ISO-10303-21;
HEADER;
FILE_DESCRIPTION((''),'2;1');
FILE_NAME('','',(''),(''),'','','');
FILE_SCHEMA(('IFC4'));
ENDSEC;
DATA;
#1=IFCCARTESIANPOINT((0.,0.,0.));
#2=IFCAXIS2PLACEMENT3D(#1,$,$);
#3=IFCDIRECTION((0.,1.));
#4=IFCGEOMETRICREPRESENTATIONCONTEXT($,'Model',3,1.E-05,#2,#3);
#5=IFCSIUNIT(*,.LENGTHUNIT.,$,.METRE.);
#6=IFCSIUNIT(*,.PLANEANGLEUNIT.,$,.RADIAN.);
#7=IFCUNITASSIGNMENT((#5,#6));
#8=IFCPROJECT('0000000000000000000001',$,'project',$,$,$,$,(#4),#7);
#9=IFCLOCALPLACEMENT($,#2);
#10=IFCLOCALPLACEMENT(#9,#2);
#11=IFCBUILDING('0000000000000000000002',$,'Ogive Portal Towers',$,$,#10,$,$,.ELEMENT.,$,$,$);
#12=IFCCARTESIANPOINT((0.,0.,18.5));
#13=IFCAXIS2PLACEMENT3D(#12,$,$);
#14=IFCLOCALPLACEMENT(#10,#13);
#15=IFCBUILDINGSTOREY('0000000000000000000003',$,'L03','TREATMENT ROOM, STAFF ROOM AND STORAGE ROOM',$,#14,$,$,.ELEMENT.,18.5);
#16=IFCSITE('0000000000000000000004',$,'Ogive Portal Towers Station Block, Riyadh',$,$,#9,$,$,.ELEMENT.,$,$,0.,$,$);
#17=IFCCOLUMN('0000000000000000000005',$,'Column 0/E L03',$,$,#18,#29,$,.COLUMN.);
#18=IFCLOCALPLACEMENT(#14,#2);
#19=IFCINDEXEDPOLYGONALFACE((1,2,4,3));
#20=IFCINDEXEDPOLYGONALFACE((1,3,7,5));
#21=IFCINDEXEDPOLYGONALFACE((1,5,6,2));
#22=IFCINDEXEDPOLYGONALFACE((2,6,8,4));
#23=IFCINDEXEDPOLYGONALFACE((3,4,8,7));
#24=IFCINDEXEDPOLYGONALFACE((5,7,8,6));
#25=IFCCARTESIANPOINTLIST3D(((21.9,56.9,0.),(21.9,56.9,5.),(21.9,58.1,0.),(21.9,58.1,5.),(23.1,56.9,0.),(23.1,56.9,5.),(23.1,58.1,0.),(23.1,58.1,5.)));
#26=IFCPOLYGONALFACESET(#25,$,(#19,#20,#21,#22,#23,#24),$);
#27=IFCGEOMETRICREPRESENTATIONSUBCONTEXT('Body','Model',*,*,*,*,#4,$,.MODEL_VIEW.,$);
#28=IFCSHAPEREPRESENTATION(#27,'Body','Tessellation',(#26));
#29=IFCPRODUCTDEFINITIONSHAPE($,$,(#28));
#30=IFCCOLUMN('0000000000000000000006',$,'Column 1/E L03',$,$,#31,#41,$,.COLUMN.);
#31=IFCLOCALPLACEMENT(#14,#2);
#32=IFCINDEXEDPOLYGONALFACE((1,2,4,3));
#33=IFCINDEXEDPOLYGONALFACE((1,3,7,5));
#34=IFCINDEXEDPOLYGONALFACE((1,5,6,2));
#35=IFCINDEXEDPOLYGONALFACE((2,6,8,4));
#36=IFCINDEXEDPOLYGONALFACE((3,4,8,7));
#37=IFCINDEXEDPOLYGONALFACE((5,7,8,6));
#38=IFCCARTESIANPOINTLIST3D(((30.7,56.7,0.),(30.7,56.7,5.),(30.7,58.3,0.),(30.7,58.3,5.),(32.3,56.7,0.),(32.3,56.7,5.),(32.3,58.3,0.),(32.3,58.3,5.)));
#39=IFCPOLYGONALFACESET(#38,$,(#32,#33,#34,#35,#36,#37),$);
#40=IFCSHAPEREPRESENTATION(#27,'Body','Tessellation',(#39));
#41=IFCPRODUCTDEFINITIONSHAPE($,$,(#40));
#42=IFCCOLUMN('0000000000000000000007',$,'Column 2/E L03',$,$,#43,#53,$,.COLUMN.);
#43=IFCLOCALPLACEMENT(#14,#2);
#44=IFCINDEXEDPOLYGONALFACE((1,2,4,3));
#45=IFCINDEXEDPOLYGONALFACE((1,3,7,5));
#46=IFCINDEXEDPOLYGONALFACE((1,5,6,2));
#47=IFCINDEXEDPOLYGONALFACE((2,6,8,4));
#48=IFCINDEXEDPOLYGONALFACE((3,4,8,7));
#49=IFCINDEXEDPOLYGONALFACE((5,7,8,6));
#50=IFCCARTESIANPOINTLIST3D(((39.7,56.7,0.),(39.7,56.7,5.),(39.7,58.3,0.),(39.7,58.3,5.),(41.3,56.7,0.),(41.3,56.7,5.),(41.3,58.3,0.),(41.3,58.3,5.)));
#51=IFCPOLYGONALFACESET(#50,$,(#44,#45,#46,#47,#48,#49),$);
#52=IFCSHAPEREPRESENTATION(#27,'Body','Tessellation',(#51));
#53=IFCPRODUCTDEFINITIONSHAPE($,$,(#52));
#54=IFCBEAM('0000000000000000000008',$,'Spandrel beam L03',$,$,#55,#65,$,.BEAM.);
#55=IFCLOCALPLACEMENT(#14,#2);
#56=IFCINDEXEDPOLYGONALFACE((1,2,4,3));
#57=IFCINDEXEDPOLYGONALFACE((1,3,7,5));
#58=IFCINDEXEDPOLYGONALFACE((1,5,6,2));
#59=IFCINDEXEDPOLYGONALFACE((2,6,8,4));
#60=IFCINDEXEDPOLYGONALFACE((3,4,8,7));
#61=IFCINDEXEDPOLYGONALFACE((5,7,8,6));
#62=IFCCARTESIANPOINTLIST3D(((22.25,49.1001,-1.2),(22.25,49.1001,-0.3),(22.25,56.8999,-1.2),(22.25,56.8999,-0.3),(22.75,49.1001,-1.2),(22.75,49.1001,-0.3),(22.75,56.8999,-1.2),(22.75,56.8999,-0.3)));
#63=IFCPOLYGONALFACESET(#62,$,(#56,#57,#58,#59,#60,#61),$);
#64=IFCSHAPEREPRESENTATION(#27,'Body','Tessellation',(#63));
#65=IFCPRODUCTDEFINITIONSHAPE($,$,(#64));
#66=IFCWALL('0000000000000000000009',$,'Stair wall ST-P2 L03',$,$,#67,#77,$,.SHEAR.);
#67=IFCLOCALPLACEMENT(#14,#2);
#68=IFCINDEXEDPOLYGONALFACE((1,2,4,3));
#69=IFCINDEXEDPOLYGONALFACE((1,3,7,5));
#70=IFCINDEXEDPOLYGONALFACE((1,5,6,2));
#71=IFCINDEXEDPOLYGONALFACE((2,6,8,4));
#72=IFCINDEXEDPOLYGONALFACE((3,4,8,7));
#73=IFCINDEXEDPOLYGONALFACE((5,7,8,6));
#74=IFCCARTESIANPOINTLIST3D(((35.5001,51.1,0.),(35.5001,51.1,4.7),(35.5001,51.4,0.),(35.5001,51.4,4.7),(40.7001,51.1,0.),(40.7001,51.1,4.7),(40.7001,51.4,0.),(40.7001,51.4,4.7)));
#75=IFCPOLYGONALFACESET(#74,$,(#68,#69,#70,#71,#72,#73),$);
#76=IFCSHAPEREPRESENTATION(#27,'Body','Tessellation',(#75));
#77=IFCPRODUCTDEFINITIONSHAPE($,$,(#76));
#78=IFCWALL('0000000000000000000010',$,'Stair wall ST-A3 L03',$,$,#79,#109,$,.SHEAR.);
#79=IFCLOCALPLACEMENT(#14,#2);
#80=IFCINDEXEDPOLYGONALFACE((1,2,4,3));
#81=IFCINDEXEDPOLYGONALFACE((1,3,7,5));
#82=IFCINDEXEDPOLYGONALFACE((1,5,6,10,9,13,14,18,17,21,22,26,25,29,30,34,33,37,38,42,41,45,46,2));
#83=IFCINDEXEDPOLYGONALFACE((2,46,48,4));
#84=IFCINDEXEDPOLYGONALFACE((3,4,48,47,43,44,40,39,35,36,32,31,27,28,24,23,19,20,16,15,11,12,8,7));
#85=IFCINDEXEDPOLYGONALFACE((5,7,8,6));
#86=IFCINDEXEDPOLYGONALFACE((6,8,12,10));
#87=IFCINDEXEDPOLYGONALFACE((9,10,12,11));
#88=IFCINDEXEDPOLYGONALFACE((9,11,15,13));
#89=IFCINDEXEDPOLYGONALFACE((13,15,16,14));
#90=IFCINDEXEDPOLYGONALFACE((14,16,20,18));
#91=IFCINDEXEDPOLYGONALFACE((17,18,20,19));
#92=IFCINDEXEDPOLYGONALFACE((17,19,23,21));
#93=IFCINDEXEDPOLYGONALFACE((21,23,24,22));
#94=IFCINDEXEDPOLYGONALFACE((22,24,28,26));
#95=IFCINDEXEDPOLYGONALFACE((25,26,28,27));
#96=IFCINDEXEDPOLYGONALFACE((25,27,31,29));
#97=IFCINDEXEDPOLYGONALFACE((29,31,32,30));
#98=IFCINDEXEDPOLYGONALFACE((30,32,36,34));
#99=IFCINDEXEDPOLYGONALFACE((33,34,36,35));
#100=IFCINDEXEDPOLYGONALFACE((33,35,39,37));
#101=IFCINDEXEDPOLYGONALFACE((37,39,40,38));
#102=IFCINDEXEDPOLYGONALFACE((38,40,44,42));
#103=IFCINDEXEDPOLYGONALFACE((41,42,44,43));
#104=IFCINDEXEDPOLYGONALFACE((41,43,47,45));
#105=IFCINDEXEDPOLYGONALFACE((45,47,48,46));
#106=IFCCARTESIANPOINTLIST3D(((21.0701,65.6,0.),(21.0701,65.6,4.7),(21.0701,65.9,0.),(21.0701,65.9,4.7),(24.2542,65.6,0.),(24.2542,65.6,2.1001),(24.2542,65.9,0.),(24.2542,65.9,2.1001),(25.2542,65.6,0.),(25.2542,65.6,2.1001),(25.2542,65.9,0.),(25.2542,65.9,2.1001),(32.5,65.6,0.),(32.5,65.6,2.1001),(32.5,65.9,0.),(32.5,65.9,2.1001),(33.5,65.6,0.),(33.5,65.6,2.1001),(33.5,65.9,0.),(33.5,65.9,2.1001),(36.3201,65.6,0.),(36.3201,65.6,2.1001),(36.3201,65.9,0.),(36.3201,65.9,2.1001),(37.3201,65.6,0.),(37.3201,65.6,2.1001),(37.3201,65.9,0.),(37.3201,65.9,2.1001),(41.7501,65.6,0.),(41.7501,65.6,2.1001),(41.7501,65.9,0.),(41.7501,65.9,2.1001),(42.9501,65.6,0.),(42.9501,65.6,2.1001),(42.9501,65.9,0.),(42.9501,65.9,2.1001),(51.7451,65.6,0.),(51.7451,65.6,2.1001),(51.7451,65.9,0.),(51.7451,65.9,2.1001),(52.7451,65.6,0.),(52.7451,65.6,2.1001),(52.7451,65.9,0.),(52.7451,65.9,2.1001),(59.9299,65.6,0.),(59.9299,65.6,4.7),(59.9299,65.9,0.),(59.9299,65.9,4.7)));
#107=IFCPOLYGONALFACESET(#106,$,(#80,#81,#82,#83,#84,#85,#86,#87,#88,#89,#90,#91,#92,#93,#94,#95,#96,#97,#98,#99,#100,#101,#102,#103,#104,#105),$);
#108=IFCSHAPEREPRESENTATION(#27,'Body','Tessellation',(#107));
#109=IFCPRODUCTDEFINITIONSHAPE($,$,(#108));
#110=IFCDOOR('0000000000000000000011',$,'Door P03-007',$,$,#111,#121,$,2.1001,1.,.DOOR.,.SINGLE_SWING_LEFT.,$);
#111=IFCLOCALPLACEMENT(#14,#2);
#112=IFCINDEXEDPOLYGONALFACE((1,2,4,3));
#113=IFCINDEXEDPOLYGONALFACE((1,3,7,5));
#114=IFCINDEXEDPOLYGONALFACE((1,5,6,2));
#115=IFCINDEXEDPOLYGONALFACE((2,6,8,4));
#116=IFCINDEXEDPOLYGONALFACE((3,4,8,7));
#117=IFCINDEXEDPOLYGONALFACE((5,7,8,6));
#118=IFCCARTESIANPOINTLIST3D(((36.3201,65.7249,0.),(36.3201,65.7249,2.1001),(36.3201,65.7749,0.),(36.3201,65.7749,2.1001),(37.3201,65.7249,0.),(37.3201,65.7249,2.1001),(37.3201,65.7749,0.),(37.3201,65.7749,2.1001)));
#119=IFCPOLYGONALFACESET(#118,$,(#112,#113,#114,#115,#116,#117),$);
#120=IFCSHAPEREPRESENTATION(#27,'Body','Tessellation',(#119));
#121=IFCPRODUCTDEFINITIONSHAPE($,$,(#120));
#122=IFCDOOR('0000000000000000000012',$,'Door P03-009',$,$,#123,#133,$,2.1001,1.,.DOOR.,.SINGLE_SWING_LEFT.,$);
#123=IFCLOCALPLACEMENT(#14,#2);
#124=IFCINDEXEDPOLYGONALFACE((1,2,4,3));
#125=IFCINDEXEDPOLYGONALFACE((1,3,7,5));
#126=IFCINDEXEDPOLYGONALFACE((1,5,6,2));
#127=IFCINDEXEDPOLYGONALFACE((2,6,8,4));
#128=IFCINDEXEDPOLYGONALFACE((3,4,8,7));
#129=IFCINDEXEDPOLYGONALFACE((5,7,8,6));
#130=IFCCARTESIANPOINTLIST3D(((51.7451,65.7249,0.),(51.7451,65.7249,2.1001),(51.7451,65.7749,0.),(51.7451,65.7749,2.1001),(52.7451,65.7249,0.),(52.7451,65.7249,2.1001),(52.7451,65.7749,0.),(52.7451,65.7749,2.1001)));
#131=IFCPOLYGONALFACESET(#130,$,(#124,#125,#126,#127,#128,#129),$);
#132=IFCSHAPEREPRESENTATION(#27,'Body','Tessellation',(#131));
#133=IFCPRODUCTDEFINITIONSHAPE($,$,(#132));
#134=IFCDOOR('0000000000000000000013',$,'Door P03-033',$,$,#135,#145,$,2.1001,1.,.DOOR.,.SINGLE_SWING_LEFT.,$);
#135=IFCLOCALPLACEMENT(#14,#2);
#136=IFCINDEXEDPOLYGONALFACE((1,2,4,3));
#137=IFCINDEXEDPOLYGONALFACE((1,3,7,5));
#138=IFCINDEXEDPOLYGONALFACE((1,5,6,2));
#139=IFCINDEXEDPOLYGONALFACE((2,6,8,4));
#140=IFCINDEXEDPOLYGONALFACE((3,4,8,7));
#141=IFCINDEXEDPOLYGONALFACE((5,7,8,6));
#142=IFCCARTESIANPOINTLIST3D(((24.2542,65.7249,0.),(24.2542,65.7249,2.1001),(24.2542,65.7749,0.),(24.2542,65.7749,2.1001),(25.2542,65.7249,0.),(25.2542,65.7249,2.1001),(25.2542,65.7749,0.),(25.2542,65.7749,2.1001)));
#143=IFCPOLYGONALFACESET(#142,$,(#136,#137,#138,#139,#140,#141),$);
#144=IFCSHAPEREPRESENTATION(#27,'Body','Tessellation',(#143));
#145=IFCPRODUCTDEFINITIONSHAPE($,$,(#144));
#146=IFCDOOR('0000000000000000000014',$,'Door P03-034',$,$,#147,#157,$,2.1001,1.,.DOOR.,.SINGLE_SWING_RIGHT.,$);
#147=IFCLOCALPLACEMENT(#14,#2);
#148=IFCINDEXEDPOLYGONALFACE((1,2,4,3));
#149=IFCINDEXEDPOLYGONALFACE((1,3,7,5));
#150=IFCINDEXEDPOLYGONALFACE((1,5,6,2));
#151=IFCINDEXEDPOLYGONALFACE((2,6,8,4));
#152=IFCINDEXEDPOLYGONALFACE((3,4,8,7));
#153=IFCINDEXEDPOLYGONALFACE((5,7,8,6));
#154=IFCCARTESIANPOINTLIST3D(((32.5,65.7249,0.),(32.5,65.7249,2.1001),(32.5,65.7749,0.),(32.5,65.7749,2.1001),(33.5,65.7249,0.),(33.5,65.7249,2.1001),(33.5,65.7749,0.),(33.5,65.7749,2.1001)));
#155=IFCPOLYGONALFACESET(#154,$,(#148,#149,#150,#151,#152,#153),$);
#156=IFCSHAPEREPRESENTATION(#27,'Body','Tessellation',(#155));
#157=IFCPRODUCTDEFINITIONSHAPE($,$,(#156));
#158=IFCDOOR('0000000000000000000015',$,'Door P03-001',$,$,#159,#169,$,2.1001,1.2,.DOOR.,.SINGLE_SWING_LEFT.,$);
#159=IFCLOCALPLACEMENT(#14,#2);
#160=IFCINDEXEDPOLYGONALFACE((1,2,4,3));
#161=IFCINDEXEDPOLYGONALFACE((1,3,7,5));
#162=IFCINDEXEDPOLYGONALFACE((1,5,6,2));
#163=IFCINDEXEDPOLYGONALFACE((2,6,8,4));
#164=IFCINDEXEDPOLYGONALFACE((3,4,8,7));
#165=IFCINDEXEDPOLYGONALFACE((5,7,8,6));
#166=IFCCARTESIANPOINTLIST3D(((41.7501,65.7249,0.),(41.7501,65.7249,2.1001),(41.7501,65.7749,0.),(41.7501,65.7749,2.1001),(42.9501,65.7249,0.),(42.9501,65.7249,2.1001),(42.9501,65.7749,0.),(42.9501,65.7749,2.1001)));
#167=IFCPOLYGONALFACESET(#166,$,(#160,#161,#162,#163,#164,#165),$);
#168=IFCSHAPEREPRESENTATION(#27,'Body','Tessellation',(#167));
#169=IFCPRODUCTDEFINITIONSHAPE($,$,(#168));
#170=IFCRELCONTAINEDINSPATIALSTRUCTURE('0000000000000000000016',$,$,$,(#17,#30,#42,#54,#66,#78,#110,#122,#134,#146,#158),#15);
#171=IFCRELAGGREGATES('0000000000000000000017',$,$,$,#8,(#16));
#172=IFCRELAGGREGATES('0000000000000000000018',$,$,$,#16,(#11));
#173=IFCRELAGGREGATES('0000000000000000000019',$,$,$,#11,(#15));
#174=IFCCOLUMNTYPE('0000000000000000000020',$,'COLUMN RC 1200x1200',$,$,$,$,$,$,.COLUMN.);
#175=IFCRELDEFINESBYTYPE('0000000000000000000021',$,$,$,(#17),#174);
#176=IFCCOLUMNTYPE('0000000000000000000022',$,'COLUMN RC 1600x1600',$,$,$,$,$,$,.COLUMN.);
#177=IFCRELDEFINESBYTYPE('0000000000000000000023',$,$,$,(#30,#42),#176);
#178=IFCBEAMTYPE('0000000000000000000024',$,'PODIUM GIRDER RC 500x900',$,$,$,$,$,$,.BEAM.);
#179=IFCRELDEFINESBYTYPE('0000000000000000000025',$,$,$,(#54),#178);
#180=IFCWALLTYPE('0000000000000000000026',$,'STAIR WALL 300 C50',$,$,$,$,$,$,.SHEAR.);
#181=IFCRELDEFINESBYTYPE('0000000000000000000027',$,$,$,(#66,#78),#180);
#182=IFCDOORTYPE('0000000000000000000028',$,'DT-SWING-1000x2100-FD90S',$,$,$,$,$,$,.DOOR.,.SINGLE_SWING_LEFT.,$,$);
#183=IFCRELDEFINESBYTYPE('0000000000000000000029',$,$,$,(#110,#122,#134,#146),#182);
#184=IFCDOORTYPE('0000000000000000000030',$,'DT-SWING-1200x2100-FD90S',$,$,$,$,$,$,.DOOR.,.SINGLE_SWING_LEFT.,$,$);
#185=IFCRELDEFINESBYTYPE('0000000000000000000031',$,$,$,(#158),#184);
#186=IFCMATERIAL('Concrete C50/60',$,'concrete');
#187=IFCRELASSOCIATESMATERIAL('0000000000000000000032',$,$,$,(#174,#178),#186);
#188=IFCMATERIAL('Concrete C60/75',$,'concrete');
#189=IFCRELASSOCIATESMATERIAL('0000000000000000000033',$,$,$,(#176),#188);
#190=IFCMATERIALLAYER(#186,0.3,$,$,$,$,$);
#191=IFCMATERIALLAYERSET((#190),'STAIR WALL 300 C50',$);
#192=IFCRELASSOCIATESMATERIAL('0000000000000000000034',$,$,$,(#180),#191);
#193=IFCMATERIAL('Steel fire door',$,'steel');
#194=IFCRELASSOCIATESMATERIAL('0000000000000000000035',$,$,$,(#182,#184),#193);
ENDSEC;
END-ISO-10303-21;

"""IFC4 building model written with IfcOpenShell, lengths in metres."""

from ifc_helpers import new_model, si_unit, direction, frame, frame_2d, origin, origin_2d, place, context, subcontext, project, spatial, rectangle, extrude, material, layer, layer_set, material_profile, profile_set, type_object, element, fill, save


model = new_model("IFC4")

# Units and contexts
model_context = context("Model", 3, precision=1e-05, world=origin(), true_north=direction((0.0, 1.0)))
body_context = subcontext(model_context, "Body", "Model", "MODEL_VIEW")
ifc_project = project(units=[si_unit("LENGTHUNIT", "METRE"), si_unit("PLANEANGLEUNIT", "RADIAN")], contexts=[model_context])

# Site, building, storey
site_placement = place(None, origin())
site = spatial("IfcSite", under=ifc_project, at=site_placement, Name="Ogive Portal Towers Station Block, Riyadh", CompositionType="ELEMENT", RefElevation=0.0)
building_placement = place(site_placement, origin())
building = spatial("IfcBuilding", under=site, at=building_placement, Name="Ogive Portal Towers", CompositionType="ELEMENT")
storey_placement = place(building_placement, frame((0.0, 0.0, 18.5)))
storey = spatial("IfcBuildingStorey", under=building, at=storey_placement, Name="L03", Description="TREATMENT ROOM, STAFF ROOM AND STORAGE ROOM", CompositionType="ELEMENT", Elevation=18.5)

# Columns
ifc_material_1 = material(Name="Concrete C50/60", Category="concrete")
ifc_material_profile_1 = material_profile(ifc_material_1, rectangle(XDim=1.2, YDim=1.2, at=origin_2d()), Name="RC 1200x1200")
ifc_profile_set_1 = profile_set([ifc_material_profile_1], Name="Concrete C50/60")
column_type_1 = type_object("IfcColumnType", Name="COLUMN RC 1200x1200", PredefinedType="COLUMN", material=ifc_profile_set_1)
column_placement = place(storey_placement, frame((22.5, 57.5, 0.0), z_axis=(0.0, 0.0, 1.0), x_axis=(1.0, 0.0, 0.0)))
element("IfcColumn", 1, at=column_placement, inside=storey, type_object=column_type_1, Name="Column 0/E L03", PredefinedType="COLUMN", context=body_context, shape_type="SweptSolid", body=[
    extrude(rectangle(XDim=1.2, YDim=1.2, at=origin_2d()), origin(), (0.0, 0.0, 1.0), 5.0),
])
ifc_material_2 = material(Name="Concrete C60/75", Category="concrete")
ifc_material_profile_2 = material_profile(ifc_material_2, rectangle(XDim=1.6001, YDim=1.6001, at=origin_2d()), Name="RC 1600x1600")
ifc_profile_set_2 = profile_set([ifc_material_profile_2], Name="Concrete C60/75")
column_type_2 = type_object("IfcColumnType", Name="COLUMN RC 1600x1600", PredefinedType="COLUMN", material=ifc_profile_set_2)
for number, where, z_axis, x_axis, name in (
    (2, (31.5, 57.5, 0.0), (0.0, 0.0, 1.0), (1.0, 0.0, 0.0), "Column 1/E L03"),
    (3, (40.5, 57.5, 0.0), (0.0, 0.0, 1.0), (1.0, 0.0, 0.0), "Column 2/E L03"),
):
    element("IfcColumn", number, at=place(storey_placement, frame(where, z_axis=z_axis, x_axis=x_axis)), inside=storey, type_object=column_type_2, Name=name, PredefinedType="COLUMN", context=body_context, shape_type="SweptSolid", body=[
        extrude(rectangle(XDim=1.6001, YDim=1.6001, at=origin_2d()), origin(), (0.0, 0.0, 1.0), 5.0),
    ])

# Beam
ifc_material_profile_3 = material_profile(ifc_material_1, rectangle(XDim=0.5, YDim=0.8999, at=origin_2d()), Name="RC 500x900")
ifc_profile_set_3 = profile_set([ifc_material_profile_3], Name="Concrete C50/60")
beam_type = type_object("IfcBeamType", Name="PODIUM GIRDER RC 500x900", PredefinedType="BEAM", material=ifc_profile_set_3)
beam_placement = place(storey_placement, frame((22.5, 56.8999, -0.75), z_axis=(0.0, -1.0, 0.0), x_axis=(1.0, 0.0, 0.0)))
element("IfcBeam", 4, at=beam_placement, inside=storey, type_object=beam_type, Name="Spandrel beam L03", PredefinedType="BEAM", context=body_context, shape_type="SweptSolid", body=[
    extrude(rectangle(XDim=0.5, YDim=0.8999, at=origin_2d()), origin(), (0.0, 0.0, 1.0), 7.7998),
])

# Wall
ifc_layer_1 = layer(ifc_material_1, 0.3)
ifc_layer_set_1 = layer_set([ifc_layer_1], Name="STAIR WALL 300 C50")
wall_type_1 = type_object("IfcWallType", Name="STAIR WALL 300 C50", PredefinedType="SHEAR", material=ifc_layer_set_1)
wall_1_placement = place(storey_placement, frame((35.5, 51.25, 0.0), z_axis=(0.0, 0.0, 1.0), x_axis=(1.0, 0.0, 0.0)))
element("IfcWall", 5, at=wall_1_placement, inside=storey, type_object=wall_type_1, Name="Stair wall ST-P2 L03", PredefinedType="SHEAR", context=body_context, shape_type="SweptSolid", body=[
    extrude(rectangle(XDim=5.2, YDim=0.3, at=frame_2d((2.6001, 0.0))), origin(), (0.0, 0.0, 1.0), 4.7),
])

# Wall, openings, doors
wall_2_placement = place(storey_placement, frame((21.0701, 65.75, 0.0), z_axis=(0.0, 0.0, 1.0), x_axis=(1.0, 0.0, 0.0)))
wall_2 = element("IfcWall", 6, at=wall_2_placement, inside=storey, type_object=wall_type_1, Name="Stair wall ST-A3 L03", PredefinedType="SHEAR", context=body_context, shape_type="SweptSolid", body=[
    extrude(rectangle(XDim=38.8599, YDim=0.3, at=frame_2d((19.4299, 0.0))), origin(), (0.0, 0.0, 1.0), 4.7),
])
opening_1_placement = place(wall_2_placement, frame((20.6799, 0.0, 0.0)))
opening_1 = element("IfcOpeningElement", 7, at=opening_1_placement, cuts=wall_2, PredefinedType="OPENING", context=body_context, shape_type="SweptSolid", body=[
    extrude(rectangle(XDim=1.2, YDim=2.1001, at=frame_2d((0.6001, 1.05))), frame((0.0, 0.1602, 0.0), z_axis=(0.0, -1.0, 0.0), x_axis=(1.0, 0.0, 0.0)), (0.0, 0.0, 1.0), 0.3201),
])
opening_2_placement = place(wall_2_placement, frame((15.25, 0.0, 0.0)))
opening_2 = element("IfcOpeningElement", 8, at=opening_2_placement, cuts=wall_2, PredefinedType="OPENING", context=body_context, shape_type="SweptSolid", body=[
    extrude(rectangle(XDim=1.0, YDim=2.1001, at=frame_2d((0.5, 1.05))), frame((0.0, 0.1602, 0.0), z_axis=(0.0, -1.0, 0.0), x_axis=(1.0, 0.0, 0.0)), (0.0, 0.0, 1.0), 0.3201),
])
opening_3_placement = place(wall_2_placement, frame((30.675, 0.0, 0.0)))
opening_3 = element("IfcOpeningElement", 9, at=opening_3_placement, cuts=wall_2, PredefinedType="OPENING", context=body_context, shape_type="SweptSolid", body=[
    extrude(rectangle(XDim=1.0, YDim=2.1001, at=frame_2d((0.5, 1.05))), frame((0.0, 0.1602, 0.0), z_axis=(0.0, -1.0, 0.0), x_axis=(1.0, 0.0, 0.0)), (0.0, 0.0, 1.0), 0.3201),
])
opening_4_placement = place(wall_2_placement, frame((3.1841, 0.0, 0.0)))
opening_4 = element("IfcOpeningElement", 10, at=opening_4_placement, cuts=wall_2, PredefinedType="OPENING", context=body_context, shape_type="SweptSolid", body=[
    extrude(rectangle(XDim=1.0, YDim=2.1001, at=frame_2d((0.5, 1.05))), frame((0.0, 0.1602, 0.0), z_axis=(0.0, -1.0, 0.0), x_axis=(1.0, 0.0, 0.0)), (0.0, 0.0, 1.0), 0.3201),
])
opening_5_placement = place(wall_2_placement, frame((11.4299, 0.0, 0.0)))
opening_5 = element("IfcOpeningElement", 11, at=opening_5_placement, cuts=wall_2, PredefinedType="OPENING", context=body_context, shape_type="SweptSolid", body=[
    extrude(rectangle(XDim=1.0, YDim=2.1001, at=frame_2d((0.5, 1.05))), frame((0.0, 0.1602, 0.0), z_axis=(0.0, -1.0, 0.0), x_axis=(1.0, 0.0, 0.0)), (0.0, 0.0, 1.0), 0.3201),
])
ifc_material_3 = material(Name="Steel fire door", Category="steel")
door_type_1 = type_object("IfcDoorType", Name="DT-SWING-1000x2100-FD90S", OperationType="SINGLE_SWING_LEFT", PredefinedType="DOOR", material=ifc_material_3)
door_1_placement = place(opening_2_placement, origin())
door_1 = element("IfcDoor", 12, at=door_1_placement, inside=storey, type_object=door_type_1, Name="Door P03-007", OperationType="SINGLE_SWING_LEFT", OverallHeight=2.1001, OverallWidth=1.0, PredefinedType="DOOR", context=body_context, shape_type="SweptSolid", body=[
    extrude(rectangle(XDim=1.0, YDim=2.1001, at=frame_2d((0.5, 1.05))), frame((0.0, 0.0249, 0.0), z_axis=(0.0, -1.0, 0.0), x_axis=(1.0, 0.0, 0.0)), (0.0, 0.0, 1.0), 0.05),
])
fill(opening_2, door_1)
door_2_placement = place(opening_3_placement, origin())
door_2 = element("IfcDoor", 13, at=door_2_placement, inside=storey, type_object=door_type_1, Name="Door P03-009", OperationType="SINGLE_SWING_LEFT", OverallHeight=2.1001, OverallWidth=1.0, PredefinedType="DOOR", context=body_context, shape_type="SweptSolid", body=[
    extrude(rectangle(XDim=1.0, YDim=2.1001, at=frame_2d((0.5, 1.05))), frame((0.0, 0.0249, 0.0), z_axis=(0.0, -1.0, 0.0), x_axis=(1.0, 0.0, 0.0)), (0.0, 0.0, 1.0), 0.05),
])
fill(opening_3, door_2)
door_3_placement = place(opening_4_placement, origin())
door_3 = element("IfcDoor", 14, at=door_3_placement, inside=storey, type_object=door_type_1, Name="Door P03-033", OperationType="SINGLE_SWING_LEFT", OverallHeight=2.1001, OverallWidth=1.0, PredefinedType="DOOR", context=body_context, shape_type="SweptSolid", body=[
    extrude(rectangle(XDim=1.0, YDim=2.1001, at=frame_2d((0.5, 1.05))), frame((0.0, 0.0249, 0.0), z_axis=(0.0, -1.0, 0.0), x_axis=(1.0, 0.0, 0.0)), (0.0, 0.0, 1.0), 0.05),
])
fill(opening_4, door_3)
door_4_placement = place(opening_5_placement, origin())
door_4 = element("IfcDoor", 15, at=door_4_placement, inside=storey, type_object=door_type_1, Name="Door P03-034", OperationType="SINGLE_SWING_RIGHT", OverallHeight=2.1001, OverallWidth=1.0, PredefinedType="DOOR", context=body_context, shape_type="SweptSolid", body=[
    extrude(rectangle(XDim=1.0, YDim=2.1001, at=frame_2d((0.5, 1.05))), frame((0.0, 0.0249, 0.0), z_axis=(0.0, -1.0, 0.0), x_axis=(1.0, 0.0, 0.0)), (0.0, 0.0, 1.0), 0.05),
])
fill(opening_5, door_4)
door_type_2 = type_object("IfcDoorType", Name="DT-SWING-1200x2100-FD90S", OperationType="SINGLE_SWING_LEFT", PredefinedType="DOOR", material=ifc_material_3)
door_5_placement = place(opening_1_placement, origin())
door_5 = element("IfcDoor", 16, at=door_5_placement, inside=storey, type_object=door_type_2, Name="Door P03-001", OperationType="SINGLE_SWING_LEFT", OverallHeight=2.1001, OverallWidth=1.2, PredefinedType="DOOR", context=body_context, shape_type="SweptSolid", body=[
    extrude(rectangle(XDim=1.2, YDim=2.1001, at=frame_2d((0.6001, 1.05))), frame((0.0, 0.0249, 0.0), z_axis=(0.0, -1.0, 0.0), x_axis=(1.0, 0.0, 0.0)), (0.0, 0.0, 1.0), 0.05),
])
fill(opening_1, door_5)

save(model, "model.ifc")
